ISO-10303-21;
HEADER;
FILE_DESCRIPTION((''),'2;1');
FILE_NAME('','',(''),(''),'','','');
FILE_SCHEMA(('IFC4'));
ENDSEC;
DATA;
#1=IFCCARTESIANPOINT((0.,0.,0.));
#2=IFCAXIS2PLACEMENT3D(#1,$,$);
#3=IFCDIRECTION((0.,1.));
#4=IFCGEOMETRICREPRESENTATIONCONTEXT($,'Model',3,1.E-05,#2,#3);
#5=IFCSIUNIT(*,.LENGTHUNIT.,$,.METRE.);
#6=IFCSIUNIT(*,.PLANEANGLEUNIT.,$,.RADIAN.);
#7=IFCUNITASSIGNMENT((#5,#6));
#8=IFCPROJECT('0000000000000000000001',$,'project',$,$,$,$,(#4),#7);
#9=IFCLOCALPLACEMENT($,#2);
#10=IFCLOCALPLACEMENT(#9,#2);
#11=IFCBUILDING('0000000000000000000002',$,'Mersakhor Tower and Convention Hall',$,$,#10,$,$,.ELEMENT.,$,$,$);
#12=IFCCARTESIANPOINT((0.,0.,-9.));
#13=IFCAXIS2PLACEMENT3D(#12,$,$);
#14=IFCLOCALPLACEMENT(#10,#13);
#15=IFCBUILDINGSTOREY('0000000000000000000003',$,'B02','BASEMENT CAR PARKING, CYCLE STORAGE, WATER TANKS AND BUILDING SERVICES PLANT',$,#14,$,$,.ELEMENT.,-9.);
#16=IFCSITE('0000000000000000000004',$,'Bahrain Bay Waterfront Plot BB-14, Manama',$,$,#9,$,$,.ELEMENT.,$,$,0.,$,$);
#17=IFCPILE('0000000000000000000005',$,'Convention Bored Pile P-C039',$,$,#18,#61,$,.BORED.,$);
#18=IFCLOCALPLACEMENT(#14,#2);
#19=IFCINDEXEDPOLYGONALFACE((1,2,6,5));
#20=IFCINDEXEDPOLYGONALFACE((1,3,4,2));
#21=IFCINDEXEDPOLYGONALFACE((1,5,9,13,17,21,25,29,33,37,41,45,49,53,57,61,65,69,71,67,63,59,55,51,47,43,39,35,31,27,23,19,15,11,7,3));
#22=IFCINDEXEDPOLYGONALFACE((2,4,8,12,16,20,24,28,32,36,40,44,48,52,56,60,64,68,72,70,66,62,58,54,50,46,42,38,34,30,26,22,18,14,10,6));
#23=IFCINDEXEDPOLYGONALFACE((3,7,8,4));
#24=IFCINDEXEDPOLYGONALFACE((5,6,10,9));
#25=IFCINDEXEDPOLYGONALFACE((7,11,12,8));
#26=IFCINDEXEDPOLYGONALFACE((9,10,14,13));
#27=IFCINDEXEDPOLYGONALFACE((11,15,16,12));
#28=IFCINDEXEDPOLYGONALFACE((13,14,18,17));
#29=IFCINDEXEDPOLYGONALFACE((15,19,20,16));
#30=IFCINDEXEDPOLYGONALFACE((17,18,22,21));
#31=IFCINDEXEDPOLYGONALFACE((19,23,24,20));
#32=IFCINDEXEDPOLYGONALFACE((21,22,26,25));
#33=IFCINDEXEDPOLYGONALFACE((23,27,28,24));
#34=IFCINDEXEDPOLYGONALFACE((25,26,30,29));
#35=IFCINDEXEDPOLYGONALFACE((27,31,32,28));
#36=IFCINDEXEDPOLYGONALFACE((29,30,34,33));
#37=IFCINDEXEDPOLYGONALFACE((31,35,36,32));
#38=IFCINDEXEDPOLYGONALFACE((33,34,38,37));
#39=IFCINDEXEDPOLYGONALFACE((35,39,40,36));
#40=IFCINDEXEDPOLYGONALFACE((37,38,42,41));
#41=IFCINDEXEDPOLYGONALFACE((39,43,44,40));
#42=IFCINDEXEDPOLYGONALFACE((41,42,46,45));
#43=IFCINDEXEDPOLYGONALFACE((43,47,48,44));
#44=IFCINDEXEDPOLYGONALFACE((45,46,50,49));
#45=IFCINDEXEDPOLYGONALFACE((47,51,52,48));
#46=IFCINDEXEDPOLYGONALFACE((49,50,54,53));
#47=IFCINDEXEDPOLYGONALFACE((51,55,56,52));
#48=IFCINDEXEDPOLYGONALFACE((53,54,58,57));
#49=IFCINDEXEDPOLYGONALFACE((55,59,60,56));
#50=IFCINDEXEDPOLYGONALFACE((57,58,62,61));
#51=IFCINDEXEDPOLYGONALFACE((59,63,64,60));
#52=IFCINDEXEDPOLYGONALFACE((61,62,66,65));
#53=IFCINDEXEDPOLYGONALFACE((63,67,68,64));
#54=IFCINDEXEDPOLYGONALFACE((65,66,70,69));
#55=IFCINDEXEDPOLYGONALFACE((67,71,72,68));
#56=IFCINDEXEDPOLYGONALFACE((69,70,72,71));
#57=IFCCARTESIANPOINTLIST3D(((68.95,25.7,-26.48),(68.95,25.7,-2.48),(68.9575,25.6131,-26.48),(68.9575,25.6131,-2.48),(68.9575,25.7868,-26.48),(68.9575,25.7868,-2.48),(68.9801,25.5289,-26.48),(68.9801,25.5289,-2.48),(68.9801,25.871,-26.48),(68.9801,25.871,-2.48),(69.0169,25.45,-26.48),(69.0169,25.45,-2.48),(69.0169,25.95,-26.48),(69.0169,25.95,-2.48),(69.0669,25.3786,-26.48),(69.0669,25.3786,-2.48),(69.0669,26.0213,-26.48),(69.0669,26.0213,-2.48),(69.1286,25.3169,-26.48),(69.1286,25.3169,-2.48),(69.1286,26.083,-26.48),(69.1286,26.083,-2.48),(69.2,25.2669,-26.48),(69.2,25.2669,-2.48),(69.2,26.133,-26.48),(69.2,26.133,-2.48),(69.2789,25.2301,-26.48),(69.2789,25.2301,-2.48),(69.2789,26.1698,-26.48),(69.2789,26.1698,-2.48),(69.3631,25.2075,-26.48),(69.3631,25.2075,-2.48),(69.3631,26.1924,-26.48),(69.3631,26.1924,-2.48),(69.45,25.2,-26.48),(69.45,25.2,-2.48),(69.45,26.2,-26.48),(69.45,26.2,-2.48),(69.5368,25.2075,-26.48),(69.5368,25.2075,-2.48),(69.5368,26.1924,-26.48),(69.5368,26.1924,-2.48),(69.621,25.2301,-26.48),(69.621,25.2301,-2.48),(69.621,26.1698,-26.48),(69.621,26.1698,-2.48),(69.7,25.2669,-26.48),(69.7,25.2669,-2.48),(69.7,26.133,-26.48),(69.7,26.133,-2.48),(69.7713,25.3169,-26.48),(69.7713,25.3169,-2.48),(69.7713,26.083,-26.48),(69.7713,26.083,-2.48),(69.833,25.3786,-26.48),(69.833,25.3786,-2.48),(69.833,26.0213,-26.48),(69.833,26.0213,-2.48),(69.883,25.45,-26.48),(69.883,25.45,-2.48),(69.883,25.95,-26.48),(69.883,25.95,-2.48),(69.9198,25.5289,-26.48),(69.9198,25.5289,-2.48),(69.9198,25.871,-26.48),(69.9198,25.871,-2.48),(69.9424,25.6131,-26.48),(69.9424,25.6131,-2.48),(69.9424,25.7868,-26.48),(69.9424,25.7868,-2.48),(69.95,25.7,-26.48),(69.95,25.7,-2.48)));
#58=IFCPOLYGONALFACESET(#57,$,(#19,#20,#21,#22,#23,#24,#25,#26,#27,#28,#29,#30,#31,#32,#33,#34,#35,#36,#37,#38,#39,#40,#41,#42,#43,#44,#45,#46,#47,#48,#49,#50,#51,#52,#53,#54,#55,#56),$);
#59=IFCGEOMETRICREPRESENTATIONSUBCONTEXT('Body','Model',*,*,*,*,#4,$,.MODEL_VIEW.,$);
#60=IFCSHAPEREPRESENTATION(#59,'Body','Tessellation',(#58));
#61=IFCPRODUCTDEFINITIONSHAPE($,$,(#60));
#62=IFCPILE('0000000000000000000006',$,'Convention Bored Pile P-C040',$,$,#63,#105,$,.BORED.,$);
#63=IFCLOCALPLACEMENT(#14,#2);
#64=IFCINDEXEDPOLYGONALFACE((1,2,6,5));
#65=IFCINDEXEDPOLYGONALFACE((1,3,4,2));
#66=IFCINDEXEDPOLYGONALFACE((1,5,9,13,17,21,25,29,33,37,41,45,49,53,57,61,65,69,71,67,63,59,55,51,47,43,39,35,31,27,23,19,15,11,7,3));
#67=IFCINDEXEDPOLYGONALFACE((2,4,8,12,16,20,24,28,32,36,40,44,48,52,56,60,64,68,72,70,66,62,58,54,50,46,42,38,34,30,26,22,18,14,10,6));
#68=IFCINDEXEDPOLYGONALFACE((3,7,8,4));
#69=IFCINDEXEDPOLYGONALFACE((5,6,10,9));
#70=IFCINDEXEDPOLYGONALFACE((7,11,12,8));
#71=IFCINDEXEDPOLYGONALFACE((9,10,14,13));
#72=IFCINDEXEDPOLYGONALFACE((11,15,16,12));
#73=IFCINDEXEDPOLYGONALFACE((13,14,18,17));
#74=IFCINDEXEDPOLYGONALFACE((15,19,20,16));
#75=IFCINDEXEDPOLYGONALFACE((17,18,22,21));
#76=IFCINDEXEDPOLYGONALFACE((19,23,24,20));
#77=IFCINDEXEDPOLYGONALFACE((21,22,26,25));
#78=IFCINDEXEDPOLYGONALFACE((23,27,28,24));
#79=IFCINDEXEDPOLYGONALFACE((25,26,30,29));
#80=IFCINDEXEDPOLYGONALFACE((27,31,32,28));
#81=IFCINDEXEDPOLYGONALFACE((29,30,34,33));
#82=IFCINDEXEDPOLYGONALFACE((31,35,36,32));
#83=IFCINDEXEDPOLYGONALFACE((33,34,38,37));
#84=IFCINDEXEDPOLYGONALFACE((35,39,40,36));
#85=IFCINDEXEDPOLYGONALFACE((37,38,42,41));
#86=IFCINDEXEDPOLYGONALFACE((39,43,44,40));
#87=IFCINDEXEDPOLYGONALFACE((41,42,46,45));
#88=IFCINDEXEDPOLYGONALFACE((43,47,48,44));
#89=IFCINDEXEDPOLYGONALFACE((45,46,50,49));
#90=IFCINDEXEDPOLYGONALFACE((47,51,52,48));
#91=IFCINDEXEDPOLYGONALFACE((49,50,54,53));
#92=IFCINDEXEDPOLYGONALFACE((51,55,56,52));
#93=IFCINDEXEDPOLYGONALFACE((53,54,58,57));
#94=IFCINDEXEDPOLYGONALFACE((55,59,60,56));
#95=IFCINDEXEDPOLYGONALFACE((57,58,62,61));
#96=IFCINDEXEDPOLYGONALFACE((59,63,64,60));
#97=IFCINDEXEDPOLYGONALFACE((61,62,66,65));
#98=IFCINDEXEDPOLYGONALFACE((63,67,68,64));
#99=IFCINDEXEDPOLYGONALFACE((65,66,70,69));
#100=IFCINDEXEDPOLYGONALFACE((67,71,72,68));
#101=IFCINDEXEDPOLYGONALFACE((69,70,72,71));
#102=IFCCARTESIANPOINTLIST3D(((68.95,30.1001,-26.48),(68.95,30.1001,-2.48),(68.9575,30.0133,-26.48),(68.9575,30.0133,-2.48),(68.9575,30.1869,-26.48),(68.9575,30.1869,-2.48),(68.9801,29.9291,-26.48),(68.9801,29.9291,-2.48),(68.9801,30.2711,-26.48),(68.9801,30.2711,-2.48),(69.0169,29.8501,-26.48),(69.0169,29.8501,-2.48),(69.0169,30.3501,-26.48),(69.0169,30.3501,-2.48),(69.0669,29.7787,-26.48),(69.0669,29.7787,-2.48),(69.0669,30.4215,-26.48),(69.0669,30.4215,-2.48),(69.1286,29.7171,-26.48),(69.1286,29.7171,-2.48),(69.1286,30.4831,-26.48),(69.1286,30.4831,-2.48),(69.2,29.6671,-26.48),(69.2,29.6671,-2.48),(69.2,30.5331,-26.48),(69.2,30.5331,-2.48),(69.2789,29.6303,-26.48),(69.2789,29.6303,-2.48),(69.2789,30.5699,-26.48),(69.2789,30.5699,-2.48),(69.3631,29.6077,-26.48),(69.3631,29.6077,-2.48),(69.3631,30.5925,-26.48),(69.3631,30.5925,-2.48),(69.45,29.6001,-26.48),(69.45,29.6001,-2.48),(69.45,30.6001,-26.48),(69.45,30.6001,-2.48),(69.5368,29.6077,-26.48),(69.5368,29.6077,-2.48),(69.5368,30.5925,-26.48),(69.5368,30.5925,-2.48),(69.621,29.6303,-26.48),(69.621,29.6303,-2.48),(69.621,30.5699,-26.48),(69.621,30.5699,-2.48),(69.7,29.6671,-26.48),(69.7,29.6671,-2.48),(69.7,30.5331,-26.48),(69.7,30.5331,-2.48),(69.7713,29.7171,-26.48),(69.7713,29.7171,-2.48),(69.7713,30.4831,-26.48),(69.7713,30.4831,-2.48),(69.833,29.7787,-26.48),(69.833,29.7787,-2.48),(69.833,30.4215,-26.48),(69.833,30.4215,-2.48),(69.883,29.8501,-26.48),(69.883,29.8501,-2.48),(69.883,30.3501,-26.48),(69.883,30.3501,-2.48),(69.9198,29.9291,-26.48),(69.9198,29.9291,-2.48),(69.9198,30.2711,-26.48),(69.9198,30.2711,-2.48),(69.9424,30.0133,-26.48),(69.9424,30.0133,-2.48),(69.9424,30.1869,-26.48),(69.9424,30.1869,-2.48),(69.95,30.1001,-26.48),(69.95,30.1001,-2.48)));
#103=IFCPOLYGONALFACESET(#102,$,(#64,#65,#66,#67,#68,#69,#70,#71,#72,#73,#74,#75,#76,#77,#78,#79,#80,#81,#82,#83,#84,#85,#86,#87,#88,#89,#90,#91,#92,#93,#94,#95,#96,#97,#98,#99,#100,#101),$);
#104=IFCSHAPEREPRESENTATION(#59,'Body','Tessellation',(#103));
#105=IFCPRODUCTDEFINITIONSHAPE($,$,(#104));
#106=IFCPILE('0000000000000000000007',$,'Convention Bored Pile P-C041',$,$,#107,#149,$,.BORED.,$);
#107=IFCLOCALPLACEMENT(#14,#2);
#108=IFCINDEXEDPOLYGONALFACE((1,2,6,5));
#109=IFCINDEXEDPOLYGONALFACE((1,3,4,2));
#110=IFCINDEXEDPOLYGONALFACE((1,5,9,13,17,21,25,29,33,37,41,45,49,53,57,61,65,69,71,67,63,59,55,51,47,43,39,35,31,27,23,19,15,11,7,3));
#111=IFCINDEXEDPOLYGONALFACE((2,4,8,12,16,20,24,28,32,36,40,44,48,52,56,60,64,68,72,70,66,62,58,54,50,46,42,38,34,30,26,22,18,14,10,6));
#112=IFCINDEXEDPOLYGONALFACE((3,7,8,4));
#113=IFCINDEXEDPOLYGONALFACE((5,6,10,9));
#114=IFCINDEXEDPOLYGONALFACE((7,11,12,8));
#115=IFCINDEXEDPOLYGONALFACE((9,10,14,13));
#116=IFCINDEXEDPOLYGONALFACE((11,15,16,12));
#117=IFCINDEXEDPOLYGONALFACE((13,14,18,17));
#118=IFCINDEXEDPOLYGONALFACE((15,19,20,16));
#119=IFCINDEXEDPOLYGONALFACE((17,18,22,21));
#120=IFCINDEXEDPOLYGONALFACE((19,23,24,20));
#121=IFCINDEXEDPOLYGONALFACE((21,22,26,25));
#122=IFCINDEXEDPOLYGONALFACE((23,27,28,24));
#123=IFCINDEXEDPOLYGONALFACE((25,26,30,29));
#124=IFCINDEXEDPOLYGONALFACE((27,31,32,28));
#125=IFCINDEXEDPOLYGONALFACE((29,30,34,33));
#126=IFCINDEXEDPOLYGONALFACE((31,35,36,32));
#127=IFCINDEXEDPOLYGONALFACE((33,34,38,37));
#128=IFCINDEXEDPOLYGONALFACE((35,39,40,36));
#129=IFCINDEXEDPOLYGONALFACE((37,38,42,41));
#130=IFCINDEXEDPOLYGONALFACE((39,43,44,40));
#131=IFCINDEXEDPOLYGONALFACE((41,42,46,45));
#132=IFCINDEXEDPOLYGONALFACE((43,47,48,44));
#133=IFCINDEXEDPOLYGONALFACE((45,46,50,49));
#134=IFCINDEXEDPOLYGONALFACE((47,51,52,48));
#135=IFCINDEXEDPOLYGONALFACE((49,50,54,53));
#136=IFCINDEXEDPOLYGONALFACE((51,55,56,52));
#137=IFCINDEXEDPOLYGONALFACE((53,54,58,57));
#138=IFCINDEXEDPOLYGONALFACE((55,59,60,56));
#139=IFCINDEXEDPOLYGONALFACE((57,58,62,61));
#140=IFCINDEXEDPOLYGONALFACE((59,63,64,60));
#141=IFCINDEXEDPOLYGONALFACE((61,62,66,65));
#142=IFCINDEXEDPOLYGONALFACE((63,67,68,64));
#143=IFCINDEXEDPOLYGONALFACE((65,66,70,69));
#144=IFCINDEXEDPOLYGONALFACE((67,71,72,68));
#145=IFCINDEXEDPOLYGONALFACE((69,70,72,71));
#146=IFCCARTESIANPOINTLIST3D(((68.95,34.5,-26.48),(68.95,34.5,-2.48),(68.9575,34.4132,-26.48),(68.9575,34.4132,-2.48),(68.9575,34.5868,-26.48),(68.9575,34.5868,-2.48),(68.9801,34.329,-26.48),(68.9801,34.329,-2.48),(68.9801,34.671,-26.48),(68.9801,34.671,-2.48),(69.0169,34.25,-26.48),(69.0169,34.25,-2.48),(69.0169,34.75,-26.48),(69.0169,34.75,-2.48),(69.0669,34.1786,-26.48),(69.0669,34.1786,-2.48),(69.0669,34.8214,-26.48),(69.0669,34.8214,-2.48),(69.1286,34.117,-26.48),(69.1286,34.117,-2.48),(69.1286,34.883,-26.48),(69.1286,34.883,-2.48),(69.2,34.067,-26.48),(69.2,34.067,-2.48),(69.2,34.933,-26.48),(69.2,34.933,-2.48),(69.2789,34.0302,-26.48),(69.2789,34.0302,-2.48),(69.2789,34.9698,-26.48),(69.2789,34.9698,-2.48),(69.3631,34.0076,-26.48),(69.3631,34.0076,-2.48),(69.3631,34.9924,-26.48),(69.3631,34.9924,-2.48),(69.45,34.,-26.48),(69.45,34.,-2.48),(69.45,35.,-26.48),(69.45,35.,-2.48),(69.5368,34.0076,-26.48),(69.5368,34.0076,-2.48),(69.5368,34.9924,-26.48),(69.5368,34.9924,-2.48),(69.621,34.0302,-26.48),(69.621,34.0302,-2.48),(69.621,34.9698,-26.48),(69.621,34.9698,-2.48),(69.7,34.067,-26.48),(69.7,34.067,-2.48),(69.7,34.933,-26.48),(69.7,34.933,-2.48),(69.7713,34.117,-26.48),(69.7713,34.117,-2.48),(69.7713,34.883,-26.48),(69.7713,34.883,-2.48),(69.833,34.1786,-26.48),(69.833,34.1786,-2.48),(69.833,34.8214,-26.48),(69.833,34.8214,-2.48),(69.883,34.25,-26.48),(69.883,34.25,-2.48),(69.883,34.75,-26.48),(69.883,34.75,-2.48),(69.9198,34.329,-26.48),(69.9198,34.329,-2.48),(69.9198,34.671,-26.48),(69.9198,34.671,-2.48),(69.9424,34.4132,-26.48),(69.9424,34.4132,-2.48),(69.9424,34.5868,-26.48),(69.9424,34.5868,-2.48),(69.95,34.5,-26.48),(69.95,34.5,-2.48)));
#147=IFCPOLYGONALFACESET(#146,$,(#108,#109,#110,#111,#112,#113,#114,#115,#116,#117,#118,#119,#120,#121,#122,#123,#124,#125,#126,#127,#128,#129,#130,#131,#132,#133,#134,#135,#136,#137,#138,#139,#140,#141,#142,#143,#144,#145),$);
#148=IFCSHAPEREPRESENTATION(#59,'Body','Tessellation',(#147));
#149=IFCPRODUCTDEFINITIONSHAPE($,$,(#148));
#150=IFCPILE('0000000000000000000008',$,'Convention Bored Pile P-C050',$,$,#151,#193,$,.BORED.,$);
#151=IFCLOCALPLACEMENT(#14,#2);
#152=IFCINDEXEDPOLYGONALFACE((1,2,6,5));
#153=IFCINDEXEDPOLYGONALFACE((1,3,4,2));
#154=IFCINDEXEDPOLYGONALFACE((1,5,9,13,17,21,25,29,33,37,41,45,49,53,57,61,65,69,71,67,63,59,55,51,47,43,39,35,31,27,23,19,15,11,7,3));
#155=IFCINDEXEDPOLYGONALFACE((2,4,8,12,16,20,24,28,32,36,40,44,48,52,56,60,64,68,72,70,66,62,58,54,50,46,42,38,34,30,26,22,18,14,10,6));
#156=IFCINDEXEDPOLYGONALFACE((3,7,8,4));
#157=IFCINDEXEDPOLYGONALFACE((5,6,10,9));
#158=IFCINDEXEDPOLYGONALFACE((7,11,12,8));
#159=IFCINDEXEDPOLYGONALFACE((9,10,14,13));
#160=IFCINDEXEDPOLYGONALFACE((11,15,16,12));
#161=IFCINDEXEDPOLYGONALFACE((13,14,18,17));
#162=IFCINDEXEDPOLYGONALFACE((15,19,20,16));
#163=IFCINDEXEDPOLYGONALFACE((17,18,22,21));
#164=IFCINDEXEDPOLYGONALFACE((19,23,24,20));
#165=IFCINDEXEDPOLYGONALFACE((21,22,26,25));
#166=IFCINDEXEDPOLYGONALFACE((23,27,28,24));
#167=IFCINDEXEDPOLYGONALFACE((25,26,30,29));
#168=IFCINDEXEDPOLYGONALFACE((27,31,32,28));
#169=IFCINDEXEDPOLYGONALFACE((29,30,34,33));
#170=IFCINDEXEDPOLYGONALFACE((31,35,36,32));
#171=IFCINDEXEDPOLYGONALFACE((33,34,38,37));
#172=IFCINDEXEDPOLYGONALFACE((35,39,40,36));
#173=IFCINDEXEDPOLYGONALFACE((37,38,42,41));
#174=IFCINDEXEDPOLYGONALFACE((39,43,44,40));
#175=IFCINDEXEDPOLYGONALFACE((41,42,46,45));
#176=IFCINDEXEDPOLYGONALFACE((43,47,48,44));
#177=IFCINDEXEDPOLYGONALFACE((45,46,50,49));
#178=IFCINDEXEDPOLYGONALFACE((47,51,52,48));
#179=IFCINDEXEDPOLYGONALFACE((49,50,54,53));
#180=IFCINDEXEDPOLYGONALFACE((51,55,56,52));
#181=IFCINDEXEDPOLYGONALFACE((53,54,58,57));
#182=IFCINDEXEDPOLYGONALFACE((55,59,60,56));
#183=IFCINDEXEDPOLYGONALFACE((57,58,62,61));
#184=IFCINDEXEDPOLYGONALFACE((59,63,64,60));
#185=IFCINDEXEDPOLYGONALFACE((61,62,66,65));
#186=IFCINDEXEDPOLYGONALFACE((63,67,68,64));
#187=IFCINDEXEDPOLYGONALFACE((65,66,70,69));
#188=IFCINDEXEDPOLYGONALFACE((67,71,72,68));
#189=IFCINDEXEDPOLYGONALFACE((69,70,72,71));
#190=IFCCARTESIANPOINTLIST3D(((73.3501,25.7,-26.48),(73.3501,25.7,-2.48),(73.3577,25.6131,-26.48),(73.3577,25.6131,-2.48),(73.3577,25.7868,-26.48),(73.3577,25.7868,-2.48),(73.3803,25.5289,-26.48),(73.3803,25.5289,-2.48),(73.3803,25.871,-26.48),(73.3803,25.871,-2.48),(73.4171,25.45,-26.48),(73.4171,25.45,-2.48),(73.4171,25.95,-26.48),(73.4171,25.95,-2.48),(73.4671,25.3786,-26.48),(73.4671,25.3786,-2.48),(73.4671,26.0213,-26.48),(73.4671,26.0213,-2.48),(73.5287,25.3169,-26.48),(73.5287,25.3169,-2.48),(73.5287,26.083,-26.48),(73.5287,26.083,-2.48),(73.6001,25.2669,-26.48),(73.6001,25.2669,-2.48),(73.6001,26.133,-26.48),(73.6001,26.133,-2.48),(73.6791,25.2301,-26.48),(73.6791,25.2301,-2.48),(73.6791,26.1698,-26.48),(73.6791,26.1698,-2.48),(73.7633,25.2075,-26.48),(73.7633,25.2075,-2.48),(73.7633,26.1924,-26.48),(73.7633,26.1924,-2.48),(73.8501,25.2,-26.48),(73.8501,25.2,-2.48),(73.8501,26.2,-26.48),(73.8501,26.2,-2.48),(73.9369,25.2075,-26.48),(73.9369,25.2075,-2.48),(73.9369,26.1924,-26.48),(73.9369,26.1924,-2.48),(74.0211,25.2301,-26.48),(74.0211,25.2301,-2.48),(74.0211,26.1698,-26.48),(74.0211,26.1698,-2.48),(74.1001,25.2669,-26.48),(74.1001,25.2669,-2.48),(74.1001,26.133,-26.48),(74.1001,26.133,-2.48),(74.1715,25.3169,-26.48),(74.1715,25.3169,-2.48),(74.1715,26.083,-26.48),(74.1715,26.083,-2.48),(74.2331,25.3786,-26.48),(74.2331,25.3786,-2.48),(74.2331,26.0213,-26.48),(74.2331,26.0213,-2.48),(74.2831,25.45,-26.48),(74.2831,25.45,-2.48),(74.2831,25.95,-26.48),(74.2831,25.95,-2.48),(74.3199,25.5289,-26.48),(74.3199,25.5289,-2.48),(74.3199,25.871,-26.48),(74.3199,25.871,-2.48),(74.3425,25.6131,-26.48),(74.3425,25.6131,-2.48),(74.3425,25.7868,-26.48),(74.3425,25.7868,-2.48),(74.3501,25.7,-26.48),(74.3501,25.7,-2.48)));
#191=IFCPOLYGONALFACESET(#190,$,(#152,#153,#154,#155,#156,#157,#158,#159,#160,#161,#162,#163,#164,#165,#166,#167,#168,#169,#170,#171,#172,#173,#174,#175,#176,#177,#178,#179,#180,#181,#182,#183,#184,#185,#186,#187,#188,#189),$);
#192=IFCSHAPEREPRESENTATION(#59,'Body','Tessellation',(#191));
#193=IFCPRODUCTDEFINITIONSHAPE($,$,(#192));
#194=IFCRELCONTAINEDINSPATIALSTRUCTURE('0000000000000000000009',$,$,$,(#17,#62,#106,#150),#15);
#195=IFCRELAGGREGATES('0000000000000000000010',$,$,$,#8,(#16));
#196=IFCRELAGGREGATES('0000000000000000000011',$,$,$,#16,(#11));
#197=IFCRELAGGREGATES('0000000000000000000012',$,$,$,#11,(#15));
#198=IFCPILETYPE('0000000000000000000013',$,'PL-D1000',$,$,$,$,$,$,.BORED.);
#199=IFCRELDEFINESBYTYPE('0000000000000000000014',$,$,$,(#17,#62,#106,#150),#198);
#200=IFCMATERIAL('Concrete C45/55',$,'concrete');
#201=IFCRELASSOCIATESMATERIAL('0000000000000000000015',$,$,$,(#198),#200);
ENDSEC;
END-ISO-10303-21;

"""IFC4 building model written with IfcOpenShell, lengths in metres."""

from ifc_helpers import new_model, si_unit, direction, frame, origin, origin_2d, place, context, subcontext, project, spatial, circle, extrude, material, material_profile, profile_set, type_object, element, save


model = new_model("IFC4")

# Units and contexts
model_context = context("Model", 3, precision=1e-05, world=origin(), true_north=direction((0.0, 1.0)))
body_context = subcontext(model_context, "Body", "Model", "MODEL_VIEW")
ifc_project = project(units=[si_unit("LENGTHUNIT", "METRE"), si_unit("PLANEANGLEUNIT", "RADIAN")], contexts=[model_context])

# Site, building, storey
site_placement = place(None, origin())
site = spatial("IfcSite", under=ifc_project, at=site_placement, Name="Bahrain Bay Waterfront Plot BB-14, Manama", CompositionType="ELEMENT", RefElevation=0.0)
building_placement = place(site_placement, origin())
building = spatial("IfcBuilding", under=site, at=building_placement, Name="Mersakhor Tower and Convention Hall", CompositionType="ELEMENT")
storey_placement = place(building_placement, frame((0.0, 0.0, -9.0)))
storey = spatial("IfcBuildingStorey", under=building, at=storey_placement, Name="B02", Description="BASEMENT CAR PARKING, CYCLE STORAGE, WATER TANKS AND BUILDING SERVICES PLANT", CompositionType="ELEMENT", Elevation=-9.0)

# Piles
ifc_material_1 = material(Name="Concrete C45/55", Category="concrete")
ifc_material_profile_1 = material_profile(ifc_material_1, circle(Radius=0.5, at=origin_2d()), Name="PILE D1000")
ifc_profile_set_1 = profile_set([ifc_material_profile_1], Name="Concrete C45/55")
pile_type = type_object("IfcPileType", Name="PL-D1000", PredefinedType="BORED", material=ifc_profile_set_1)
for number, where, z_axis, x_axis, name in (
    (1, (69.45, 25.7, -2.48), (0.0, 0.0, -1.0), (1.0, 0.0, 0.0), "Convention Bored Pile P-C039"),
    (2, (69.45, 30.1001, -2.48), (0.0, 0.0, -1.0), (1.0, 0.0, 0.0), "Convention Bored Pile P-C040"),
    (3, (69.45, 34.5, -2.48), (0.0, 0.0, -1.0), (1.0, 0.0, 0.0), "Convention Bored Pile P-C041"),
    (4, (73.8501, 25.7, -2.48), (0.0, 0.0, -1.0), (1.0, 0.0, 0.0), "Convention Bored Pile P-C050"),
):
    element("IfcPile", number, at=place(storey_placement, frame(where, z_axis=z_axis, x_axis=x_axis)), inside=storey, type_object=pile_type, Name=name, PredefinedType="BORED", context=body_context, shape_type="SweptSolid", body=[
        extrude(circle(Radius=0.5, at=origin_2d()), origin(), (0.0, 0.0, 1.0), 24.0),
    ])

save(model, "model.ifc")
